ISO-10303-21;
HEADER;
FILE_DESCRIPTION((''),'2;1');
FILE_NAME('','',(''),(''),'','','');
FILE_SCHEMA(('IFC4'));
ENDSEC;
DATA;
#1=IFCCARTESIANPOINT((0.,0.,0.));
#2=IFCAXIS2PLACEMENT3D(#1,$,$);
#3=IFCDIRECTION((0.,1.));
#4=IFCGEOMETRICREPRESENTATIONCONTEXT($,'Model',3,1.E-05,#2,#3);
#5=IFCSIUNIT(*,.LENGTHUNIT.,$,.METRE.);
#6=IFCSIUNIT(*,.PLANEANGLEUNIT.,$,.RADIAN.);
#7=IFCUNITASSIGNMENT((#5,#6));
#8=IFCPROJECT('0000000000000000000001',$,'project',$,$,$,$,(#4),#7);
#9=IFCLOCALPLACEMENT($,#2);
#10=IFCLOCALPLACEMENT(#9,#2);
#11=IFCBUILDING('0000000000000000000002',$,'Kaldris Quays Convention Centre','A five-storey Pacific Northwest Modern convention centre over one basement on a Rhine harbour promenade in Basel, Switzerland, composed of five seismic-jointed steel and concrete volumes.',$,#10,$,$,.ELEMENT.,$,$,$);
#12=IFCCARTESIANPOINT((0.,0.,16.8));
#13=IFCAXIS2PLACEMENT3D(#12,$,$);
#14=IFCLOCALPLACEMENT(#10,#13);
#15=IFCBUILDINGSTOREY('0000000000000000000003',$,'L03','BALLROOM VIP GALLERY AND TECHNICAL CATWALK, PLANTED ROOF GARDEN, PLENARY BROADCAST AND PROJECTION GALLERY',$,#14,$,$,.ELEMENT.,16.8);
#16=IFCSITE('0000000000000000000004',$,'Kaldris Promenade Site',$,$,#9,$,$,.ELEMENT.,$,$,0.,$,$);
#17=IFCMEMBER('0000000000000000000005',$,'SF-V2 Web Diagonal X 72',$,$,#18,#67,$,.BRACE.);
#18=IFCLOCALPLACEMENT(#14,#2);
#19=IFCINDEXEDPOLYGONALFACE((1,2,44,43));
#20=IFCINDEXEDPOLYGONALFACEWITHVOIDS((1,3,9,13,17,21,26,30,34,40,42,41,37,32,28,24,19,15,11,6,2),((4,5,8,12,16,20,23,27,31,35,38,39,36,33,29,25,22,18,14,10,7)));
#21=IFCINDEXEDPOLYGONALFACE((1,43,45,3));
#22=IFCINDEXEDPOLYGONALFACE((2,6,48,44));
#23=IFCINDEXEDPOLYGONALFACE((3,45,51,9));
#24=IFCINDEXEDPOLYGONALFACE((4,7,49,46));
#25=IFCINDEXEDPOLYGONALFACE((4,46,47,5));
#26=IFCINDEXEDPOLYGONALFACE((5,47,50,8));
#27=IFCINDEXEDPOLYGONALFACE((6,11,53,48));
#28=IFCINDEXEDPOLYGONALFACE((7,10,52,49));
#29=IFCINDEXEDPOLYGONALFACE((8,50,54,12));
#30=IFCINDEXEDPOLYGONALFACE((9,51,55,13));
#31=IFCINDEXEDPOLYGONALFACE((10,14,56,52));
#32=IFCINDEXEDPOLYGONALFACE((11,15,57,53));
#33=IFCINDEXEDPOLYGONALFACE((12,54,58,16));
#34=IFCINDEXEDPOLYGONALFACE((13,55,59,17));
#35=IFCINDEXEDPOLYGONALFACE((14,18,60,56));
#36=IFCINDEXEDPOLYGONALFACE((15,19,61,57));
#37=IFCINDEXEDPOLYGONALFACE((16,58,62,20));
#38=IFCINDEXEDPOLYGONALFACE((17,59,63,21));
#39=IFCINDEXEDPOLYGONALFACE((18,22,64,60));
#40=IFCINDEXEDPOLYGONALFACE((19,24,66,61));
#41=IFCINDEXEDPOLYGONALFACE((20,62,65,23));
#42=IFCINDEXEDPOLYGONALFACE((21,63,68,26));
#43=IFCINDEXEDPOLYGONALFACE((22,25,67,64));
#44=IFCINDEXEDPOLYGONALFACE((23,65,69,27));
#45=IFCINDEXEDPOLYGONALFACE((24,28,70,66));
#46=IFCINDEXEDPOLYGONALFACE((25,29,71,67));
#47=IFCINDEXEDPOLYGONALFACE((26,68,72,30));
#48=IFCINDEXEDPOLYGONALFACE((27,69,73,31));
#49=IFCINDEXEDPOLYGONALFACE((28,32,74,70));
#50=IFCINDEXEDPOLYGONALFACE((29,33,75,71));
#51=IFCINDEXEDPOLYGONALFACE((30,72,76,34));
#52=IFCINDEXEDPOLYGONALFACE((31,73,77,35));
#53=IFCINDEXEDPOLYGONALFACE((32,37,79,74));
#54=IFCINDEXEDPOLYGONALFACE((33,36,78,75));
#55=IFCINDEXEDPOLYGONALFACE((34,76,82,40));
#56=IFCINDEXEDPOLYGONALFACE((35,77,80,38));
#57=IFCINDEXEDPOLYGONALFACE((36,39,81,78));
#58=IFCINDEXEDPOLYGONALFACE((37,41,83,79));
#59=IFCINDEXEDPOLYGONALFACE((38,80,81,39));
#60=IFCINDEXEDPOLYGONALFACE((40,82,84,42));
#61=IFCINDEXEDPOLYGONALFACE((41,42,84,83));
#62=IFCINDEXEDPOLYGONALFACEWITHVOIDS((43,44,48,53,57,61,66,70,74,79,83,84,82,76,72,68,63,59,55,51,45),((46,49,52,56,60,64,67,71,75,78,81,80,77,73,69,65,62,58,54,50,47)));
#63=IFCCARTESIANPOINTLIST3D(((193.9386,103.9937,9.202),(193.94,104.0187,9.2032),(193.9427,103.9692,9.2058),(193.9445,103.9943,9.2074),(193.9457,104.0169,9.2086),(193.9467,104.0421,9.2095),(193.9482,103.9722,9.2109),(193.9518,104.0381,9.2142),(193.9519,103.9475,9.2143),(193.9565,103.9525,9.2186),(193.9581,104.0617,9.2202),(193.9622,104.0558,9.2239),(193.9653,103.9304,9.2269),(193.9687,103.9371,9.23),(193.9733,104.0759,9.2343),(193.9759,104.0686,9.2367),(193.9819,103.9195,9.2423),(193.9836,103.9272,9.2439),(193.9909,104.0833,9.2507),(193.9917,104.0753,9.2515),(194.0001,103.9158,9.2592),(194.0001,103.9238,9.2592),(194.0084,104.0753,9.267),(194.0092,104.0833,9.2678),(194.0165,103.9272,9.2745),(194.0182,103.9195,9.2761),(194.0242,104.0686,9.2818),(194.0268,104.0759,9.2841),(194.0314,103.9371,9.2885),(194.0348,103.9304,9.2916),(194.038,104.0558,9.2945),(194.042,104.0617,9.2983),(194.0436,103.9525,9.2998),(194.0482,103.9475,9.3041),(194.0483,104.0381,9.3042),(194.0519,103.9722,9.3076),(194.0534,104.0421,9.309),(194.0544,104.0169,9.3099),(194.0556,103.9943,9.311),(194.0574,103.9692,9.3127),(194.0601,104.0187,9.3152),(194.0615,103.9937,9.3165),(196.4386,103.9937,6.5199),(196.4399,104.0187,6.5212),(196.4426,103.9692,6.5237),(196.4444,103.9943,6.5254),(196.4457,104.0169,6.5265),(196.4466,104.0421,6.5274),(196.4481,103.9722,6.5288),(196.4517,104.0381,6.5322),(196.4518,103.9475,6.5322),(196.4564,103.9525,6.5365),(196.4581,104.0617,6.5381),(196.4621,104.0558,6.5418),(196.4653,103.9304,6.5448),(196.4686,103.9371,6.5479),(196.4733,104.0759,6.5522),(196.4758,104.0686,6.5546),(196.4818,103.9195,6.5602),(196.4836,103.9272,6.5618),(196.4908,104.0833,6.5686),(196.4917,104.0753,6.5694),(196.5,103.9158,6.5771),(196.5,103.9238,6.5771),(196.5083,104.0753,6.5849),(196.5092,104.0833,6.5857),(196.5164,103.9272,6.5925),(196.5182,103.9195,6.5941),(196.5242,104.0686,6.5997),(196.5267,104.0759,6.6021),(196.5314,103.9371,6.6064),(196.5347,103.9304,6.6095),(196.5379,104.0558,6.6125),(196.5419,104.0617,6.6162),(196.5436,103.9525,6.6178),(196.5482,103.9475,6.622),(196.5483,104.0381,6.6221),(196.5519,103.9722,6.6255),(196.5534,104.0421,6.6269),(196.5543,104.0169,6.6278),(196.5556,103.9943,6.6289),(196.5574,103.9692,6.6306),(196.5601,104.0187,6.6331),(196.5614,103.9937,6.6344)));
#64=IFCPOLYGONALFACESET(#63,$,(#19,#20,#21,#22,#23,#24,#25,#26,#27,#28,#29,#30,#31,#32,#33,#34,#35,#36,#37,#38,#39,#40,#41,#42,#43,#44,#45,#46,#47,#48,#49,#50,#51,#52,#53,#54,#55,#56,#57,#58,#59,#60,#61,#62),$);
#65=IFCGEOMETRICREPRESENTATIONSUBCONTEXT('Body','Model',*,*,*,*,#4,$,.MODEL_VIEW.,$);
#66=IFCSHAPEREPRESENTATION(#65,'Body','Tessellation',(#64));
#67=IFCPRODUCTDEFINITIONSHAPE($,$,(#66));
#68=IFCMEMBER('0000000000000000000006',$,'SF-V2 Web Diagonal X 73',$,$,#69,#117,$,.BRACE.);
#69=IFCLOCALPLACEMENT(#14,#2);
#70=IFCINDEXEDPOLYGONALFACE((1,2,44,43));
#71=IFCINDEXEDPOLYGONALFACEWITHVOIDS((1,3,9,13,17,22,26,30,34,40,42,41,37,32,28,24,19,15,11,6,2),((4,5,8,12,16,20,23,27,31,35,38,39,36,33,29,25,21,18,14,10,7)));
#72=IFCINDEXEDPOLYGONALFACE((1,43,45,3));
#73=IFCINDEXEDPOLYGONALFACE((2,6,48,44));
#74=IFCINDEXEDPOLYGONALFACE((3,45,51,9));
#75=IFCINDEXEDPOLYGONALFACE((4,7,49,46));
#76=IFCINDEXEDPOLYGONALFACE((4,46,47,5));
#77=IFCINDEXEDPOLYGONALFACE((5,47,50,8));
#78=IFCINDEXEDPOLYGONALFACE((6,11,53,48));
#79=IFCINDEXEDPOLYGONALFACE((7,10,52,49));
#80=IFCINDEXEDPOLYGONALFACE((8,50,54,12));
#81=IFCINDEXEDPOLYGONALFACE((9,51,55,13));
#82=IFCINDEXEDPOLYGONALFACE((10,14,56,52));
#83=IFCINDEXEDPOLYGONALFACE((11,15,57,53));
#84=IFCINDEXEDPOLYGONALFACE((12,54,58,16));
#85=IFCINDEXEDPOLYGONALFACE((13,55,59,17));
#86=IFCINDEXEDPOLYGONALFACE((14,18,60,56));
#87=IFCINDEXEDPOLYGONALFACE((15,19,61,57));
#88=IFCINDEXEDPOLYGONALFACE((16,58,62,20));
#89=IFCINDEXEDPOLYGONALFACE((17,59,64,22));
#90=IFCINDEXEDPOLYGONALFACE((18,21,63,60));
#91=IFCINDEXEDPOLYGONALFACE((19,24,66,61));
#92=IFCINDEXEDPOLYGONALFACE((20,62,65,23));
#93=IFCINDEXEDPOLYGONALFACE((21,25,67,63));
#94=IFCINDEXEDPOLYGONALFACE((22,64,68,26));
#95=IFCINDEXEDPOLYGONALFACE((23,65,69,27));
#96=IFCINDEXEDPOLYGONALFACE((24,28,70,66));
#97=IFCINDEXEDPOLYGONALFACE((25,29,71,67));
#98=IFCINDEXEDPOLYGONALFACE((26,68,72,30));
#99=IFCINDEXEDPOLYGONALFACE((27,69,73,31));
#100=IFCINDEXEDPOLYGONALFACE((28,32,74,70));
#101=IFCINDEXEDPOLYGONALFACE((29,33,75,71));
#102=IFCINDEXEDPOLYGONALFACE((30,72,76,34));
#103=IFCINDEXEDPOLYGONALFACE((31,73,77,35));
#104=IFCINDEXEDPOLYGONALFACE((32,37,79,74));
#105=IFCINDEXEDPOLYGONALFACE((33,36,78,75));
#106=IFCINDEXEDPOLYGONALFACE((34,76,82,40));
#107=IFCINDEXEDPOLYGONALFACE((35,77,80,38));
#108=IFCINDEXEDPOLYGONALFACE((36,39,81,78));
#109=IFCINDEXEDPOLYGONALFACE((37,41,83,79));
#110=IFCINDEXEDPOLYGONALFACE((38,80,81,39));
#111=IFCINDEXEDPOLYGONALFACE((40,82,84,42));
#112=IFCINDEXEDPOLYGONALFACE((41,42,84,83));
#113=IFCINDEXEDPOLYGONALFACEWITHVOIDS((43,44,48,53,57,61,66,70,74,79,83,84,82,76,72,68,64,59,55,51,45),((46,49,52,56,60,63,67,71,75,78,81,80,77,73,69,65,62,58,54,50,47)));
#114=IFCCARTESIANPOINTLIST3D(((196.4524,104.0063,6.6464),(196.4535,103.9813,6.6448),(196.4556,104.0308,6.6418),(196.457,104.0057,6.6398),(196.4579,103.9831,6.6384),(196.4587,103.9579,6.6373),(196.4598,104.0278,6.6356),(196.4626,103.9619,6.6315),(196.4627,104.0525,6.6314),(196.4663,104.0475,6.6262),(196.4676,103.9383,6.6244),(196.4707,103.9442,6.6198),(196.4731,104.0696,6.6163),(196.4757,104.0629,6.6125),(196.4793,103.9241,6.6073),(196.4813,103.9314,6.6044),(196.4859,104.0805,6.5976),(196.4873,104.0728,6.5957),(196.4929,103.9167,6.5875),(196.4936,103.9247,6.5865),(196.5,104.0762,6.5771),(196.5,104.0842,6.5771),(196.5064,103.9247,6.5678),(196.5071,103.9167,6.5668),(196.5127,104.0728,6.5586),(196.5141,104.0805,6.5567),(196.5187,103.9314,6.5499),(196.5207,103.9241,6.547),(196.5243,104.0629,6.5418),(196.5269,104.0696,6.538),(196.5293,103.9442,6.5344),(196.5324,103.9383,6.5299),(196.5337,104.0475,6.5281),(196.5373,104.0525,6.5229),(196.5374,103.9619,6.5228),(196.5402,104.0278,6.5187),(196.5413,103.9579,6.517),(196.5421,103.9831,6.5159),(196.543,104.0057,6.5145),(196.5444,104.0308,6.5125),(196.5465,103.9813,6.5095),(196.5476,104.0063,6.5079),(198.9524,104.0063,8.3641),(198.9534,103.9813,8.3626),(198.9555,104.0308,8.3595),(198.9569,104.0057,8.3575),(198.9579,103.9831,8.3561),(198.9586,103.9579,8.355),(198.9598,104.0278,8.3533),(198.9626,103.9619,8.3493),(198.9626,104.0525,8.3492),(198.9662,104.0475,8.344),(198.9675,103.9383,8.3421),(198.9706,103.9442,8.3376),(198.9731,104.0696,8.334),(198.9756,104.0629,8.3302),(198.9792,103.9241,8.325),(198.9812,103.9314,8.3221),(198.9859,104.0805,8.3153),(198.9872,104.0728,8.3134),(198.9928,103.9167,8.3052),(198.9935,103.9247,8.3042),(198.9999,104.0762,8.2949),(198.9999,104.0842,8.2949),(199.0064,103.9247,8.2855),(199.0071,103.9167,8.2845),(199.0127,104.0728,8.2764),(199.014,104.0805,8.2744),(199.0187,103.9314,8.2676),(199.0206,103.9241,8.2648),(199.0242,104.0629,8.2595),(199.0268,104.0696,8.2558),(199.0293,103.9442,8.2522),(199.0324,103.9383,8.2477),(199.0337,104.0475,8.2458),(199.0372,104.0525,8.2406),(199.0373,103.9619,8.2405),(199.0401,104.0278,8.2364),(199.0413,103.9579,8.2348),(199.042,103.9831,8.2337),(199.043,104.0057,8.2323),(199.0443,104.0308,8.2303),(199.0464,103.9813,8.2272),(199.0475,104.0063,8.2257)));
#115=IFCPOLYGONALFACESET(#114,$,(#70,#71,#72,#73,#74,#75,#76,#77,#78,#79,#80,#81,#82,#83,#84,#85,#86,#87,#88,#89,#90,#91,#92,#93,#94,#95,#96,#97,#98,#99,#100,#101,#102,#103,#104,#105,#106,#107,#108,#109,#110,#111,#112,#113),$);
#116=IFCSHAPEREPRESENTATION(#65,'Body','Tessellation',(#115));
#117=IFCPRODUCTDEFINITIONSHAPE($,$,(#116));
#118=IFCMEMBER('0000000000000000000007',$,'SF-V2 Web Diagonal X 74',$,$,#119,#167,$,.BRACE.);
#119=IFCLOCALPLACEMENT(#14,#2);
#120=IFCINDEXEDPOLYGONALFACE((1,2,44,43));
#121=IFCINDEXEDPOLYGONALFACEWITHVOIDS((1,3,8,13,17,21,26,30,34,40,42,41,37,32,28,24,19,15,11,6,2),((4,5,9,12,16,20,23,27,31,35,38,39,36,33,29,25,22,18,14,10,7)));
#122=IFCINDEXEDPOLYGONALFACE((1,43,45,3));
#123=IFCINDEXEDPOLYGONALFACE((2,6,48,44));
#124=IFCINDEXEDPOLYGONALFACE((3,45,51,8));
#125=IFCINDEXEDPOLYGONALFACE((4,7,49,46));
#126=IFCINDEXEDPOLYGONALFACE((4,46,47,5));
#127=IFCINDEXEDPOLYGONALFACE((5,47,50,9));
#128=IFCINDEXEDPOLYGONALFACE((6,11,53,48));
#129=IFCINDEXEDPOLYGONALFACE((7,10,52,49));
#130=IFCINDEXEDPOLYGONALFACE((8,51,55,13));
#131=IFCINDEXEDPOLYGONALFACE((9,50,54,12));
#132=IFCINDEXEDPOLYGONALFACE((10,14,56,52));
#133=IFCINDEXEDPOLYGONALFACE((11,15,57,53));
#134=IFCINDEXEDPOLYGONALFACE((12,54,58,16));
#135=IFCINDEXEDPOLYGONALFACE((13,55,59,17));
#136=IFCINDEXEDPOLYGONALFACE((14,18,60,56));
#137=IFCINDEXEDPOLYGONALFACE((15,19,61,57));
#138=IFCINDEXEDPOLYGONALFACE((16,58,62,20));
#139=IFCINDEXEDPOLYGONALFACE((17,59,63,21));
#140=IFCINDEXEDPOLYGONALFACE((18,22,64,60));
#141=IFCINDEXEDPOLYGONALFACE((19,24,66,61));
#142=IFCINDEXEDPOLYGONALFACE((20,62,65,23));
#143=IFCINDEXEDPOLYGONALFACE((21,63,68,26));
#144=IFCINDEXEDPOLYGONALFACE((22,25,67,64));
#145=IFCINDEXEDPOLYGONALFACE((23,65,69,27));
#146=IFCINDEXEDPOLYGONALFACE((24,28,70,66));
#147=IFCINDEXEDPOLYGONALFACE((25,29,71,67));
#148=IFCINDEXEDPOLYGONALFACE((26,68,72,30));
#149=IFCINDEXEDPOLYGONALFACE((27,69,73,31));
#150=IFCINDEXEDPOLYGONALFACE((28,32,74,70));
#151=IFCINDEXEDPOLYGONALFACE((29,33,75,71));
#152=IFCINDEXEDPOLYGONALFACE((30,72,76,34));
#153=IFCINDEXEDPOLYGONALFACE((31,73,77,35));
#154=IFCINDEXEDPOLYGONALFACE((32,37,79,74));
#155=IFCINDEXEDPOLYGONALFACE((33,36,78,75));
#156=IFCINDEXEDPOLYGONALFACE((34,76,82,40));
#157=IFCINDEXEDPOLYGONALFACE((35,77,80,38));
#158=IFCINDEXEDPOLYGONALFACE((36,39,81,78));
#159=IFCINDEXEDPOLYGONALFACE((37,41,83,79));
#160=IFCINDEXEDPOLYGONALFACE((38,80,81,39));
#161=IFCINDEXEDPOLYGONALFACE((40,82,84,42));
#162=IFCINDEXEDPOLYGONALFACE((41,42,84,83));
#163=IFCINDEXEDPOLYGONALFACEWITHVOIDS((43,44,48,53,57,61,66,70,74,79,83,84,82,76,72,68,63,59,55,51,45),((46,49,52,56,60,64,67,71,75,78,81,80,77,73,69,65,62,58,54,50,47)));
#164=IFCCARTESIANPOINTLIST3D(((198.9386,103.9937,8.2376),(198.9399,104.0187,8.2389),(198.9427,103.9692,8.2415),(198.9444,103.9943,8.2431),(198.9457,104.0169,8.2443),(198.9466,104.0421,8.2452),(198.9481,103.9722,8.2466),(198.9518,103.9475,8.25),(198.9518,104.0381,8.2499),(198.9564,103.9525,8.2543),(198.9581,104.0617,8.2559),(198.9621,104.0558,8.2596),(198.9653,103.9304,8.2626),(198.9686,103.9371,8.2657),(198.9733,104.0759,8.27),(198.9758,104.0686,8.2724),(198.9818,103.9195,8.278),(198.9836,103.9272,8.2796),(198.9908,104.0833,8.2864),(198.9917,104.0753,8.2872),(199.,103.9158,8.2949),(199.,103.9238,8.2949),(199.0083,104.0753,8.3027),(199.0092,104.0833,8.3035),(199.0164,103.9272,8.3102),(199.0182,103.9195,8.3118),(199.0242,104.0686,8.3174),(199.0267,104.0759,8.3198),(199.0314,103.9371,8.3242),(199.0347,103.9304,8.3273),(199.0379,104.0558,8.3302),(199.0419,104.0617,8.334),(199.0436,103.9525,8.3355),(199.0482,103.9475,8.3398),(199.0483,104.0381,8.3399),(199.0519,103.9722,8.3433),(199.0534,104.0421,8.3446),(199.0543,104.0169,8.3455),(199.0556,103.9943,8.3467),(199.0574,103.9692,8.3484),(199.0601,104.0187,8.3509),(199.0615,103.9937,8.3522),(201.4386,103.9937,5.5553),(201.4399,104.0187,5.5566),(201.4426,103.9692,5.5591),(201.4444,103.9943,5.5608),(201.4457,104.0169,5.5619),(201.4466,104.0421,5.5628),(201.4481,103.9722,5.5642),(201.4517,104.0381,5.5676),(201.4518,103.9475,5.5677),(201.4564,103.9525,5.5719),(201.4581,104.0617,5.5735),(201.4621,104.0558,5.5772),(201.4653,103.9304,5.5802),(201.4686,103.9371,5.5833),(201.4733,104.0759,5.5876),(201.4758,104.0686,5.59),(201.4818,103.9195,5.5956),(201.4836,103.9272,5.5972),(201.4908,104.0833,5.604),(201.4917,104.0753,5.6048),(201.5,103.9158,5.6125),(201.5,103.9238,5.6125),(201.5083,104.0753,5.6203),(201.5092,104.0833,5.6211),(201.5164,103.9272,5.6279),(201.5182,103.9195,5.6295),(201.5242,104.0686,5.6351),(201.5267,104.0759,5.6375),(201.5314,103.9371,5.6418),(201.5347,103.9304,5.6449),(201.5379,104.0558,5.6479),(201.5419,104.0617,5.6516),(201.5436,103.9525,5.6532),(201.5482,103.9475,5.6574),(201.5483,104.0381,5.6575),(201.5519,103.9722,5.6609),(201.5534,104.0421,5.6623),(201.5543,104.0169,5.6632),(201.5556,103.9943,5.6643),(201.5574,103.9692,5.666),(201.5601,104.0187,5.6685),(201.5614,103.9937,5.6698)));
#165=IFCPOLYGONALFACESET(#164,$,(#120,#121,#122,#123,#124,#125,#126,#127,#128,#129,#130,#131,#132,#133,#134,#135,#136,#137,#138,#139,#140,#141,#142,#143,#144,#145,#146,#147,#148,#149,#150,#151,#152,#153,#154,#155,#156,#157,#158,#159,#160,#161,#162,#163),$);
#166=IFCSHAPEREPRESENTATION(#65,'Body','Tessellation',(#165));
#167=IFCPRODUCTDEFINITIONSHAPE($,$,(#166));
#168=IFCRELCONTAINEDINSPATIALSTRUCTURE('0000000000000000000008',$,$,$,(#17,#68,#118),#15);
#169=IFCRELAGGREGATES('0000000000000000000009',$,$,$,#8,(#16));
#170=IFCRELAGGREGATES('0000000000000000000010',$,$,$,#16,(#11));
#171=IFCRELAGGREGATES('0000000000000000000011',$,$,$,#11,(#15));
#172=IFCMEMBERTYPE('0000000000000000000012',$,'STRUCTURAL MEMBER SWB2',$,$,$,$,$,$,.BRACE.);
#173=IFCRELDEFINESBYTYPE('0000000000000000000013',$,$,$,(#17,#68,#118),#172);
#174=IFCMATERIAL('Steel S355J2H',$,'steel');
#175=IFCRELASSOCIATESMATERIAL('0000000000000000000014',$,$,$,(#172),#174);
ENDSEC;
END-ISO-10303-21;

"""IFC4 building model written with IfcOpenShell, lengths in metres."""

from ifc_helpers import new_model, si_unit, direction, frame, origin, origin_2d, place, context, subcontext, project, spatial, hollow_circle, extrude, material, material_profile, profile_set, type_object, element, save


model = new_model("IFC4")

# Units and contexts
model_context = context("Model", 3, precision=1e-05, world=origin(), true_north=direction((0.0, 1.0)))
body_context = subcontext(model_context, "Body", "Model", "MODEL_VIEW")
ifc_project = project(units=[si_unit("LENGTHUNIT", "METRE"), si_unit("PLANEANGLEUNIT", "RADIAN")], contexts=[model_context])

# Site, building, storey
site_placement = place(None, origin())
site = spatial("IfcSite", under=ifc_project, at=site_placement, Name="Kaldris Promenade Site", CompositionType="ELEMENT", RefElevation=0.0)
building_placement = place(site_placement, origin())
building = spatial("IfcBuilding", under=site, at=building_placement, Name="Kaldris Quays Convention Centre", Description="A five-storey Pacific Northwest Modern convention centre over one basement on a Rhine harbour promenade in Basel, Switzerland, composed of five seismic-jointed steel and concrete volumes.", CompositionType="ELEMENT")
storey_placement = place(building_placement, frame((0.0, 0.0, 16.8)))
storey = spatial("IfcBuildingStorey", under=building, at=storey_placement, Name="L03", Description="BALLROOM VIP GALLERY AND TECHNICAL CATWALK, PLANTED ROOF GARDEN, PLENARY BROADCAST AND PROJECTION GALLERY", CompositionType="ELEMENT", Elevation=16.8)

# Members
ifc_material_1 = material(Name="Steel S355J2H", Category="steel")
ifc_material_profile_1 = material_profile(ifc_material_1, hollow_circle(Radius=0.0842, WallThickness=0.0081, at=origin_2d()), Name="CHS 168.3x8")
ifc_profile_set_1 = profile_set([ifc_material_profile_1], Name="Steel S355J2H")
member_type_1 = type_object("IfcMemberType", Name="STRUCTURAL MEMBER SWB2", PredefinedType="BRACE", material=ifc_profile_set_1)
member_1_placement = place(storey_placement, frame((196.5, 104.0, 6.5771), z_axis=(-0.681834, 0.0, 0.731507), x_axis=(0.0, -1.0, 0.0)))
element("IfcMember", 1, at=member_1_placement, inside=storey, type_object=member_type_1, Name="SF-V2 Web Diagonal X 72", PredefinedType="BRACE", context=body_context, shape_type="SweptSolid", body=[
    extrude(hollow_circle(Radius=0.0842, WallThickness=0.0081, at=origin_2d()), origin(), (0.0, 0.0, 1.0), 3.6665),
])
member_2_placement = place(storey_placement, frame((196.5, 104.0, 6.5771), z_axis=(0.824192, 0.0, 0.56631), x_axis=(0.0, 1.0, 0.0)))
element("IfcMember", 2, at=member_2_placement, inside=storey, type_object=member_type_1, Name="SF-V2 Web Diagonal X 73", PredefinedType="BRACE", context=body_context, shape_type="SweptSolid", body=[
    extrude(hollow_circle(Radius=0.0842, WallThickness=0.0081, at=origin_2d()), origin(), (0.0, 0.0, 1.0), 3.0332),
])
member_3_placement = place(storey_placement, frame((201.5, 104.0, 5.6125), z_axis=(-0.681801, 0.0, 0.731538), x_axis=(0.0, -1.0, 0.0)))
element("IfcMember", 3, at=member_3_placement, inside=storey, type_object=member_type_1, Name="SF-V2 Web Diagonal X 74", PredefinedType="BRACE", context=body_context, shape_type="SweptSolid", body=[
    extrude(hollow_circle(Radius=0.0842, WallThickness=0.0081, at=origin_2d()), origin(), (0.0, 0.0, 1.0), 3.6667),
])

save(model, "model.ifc")
